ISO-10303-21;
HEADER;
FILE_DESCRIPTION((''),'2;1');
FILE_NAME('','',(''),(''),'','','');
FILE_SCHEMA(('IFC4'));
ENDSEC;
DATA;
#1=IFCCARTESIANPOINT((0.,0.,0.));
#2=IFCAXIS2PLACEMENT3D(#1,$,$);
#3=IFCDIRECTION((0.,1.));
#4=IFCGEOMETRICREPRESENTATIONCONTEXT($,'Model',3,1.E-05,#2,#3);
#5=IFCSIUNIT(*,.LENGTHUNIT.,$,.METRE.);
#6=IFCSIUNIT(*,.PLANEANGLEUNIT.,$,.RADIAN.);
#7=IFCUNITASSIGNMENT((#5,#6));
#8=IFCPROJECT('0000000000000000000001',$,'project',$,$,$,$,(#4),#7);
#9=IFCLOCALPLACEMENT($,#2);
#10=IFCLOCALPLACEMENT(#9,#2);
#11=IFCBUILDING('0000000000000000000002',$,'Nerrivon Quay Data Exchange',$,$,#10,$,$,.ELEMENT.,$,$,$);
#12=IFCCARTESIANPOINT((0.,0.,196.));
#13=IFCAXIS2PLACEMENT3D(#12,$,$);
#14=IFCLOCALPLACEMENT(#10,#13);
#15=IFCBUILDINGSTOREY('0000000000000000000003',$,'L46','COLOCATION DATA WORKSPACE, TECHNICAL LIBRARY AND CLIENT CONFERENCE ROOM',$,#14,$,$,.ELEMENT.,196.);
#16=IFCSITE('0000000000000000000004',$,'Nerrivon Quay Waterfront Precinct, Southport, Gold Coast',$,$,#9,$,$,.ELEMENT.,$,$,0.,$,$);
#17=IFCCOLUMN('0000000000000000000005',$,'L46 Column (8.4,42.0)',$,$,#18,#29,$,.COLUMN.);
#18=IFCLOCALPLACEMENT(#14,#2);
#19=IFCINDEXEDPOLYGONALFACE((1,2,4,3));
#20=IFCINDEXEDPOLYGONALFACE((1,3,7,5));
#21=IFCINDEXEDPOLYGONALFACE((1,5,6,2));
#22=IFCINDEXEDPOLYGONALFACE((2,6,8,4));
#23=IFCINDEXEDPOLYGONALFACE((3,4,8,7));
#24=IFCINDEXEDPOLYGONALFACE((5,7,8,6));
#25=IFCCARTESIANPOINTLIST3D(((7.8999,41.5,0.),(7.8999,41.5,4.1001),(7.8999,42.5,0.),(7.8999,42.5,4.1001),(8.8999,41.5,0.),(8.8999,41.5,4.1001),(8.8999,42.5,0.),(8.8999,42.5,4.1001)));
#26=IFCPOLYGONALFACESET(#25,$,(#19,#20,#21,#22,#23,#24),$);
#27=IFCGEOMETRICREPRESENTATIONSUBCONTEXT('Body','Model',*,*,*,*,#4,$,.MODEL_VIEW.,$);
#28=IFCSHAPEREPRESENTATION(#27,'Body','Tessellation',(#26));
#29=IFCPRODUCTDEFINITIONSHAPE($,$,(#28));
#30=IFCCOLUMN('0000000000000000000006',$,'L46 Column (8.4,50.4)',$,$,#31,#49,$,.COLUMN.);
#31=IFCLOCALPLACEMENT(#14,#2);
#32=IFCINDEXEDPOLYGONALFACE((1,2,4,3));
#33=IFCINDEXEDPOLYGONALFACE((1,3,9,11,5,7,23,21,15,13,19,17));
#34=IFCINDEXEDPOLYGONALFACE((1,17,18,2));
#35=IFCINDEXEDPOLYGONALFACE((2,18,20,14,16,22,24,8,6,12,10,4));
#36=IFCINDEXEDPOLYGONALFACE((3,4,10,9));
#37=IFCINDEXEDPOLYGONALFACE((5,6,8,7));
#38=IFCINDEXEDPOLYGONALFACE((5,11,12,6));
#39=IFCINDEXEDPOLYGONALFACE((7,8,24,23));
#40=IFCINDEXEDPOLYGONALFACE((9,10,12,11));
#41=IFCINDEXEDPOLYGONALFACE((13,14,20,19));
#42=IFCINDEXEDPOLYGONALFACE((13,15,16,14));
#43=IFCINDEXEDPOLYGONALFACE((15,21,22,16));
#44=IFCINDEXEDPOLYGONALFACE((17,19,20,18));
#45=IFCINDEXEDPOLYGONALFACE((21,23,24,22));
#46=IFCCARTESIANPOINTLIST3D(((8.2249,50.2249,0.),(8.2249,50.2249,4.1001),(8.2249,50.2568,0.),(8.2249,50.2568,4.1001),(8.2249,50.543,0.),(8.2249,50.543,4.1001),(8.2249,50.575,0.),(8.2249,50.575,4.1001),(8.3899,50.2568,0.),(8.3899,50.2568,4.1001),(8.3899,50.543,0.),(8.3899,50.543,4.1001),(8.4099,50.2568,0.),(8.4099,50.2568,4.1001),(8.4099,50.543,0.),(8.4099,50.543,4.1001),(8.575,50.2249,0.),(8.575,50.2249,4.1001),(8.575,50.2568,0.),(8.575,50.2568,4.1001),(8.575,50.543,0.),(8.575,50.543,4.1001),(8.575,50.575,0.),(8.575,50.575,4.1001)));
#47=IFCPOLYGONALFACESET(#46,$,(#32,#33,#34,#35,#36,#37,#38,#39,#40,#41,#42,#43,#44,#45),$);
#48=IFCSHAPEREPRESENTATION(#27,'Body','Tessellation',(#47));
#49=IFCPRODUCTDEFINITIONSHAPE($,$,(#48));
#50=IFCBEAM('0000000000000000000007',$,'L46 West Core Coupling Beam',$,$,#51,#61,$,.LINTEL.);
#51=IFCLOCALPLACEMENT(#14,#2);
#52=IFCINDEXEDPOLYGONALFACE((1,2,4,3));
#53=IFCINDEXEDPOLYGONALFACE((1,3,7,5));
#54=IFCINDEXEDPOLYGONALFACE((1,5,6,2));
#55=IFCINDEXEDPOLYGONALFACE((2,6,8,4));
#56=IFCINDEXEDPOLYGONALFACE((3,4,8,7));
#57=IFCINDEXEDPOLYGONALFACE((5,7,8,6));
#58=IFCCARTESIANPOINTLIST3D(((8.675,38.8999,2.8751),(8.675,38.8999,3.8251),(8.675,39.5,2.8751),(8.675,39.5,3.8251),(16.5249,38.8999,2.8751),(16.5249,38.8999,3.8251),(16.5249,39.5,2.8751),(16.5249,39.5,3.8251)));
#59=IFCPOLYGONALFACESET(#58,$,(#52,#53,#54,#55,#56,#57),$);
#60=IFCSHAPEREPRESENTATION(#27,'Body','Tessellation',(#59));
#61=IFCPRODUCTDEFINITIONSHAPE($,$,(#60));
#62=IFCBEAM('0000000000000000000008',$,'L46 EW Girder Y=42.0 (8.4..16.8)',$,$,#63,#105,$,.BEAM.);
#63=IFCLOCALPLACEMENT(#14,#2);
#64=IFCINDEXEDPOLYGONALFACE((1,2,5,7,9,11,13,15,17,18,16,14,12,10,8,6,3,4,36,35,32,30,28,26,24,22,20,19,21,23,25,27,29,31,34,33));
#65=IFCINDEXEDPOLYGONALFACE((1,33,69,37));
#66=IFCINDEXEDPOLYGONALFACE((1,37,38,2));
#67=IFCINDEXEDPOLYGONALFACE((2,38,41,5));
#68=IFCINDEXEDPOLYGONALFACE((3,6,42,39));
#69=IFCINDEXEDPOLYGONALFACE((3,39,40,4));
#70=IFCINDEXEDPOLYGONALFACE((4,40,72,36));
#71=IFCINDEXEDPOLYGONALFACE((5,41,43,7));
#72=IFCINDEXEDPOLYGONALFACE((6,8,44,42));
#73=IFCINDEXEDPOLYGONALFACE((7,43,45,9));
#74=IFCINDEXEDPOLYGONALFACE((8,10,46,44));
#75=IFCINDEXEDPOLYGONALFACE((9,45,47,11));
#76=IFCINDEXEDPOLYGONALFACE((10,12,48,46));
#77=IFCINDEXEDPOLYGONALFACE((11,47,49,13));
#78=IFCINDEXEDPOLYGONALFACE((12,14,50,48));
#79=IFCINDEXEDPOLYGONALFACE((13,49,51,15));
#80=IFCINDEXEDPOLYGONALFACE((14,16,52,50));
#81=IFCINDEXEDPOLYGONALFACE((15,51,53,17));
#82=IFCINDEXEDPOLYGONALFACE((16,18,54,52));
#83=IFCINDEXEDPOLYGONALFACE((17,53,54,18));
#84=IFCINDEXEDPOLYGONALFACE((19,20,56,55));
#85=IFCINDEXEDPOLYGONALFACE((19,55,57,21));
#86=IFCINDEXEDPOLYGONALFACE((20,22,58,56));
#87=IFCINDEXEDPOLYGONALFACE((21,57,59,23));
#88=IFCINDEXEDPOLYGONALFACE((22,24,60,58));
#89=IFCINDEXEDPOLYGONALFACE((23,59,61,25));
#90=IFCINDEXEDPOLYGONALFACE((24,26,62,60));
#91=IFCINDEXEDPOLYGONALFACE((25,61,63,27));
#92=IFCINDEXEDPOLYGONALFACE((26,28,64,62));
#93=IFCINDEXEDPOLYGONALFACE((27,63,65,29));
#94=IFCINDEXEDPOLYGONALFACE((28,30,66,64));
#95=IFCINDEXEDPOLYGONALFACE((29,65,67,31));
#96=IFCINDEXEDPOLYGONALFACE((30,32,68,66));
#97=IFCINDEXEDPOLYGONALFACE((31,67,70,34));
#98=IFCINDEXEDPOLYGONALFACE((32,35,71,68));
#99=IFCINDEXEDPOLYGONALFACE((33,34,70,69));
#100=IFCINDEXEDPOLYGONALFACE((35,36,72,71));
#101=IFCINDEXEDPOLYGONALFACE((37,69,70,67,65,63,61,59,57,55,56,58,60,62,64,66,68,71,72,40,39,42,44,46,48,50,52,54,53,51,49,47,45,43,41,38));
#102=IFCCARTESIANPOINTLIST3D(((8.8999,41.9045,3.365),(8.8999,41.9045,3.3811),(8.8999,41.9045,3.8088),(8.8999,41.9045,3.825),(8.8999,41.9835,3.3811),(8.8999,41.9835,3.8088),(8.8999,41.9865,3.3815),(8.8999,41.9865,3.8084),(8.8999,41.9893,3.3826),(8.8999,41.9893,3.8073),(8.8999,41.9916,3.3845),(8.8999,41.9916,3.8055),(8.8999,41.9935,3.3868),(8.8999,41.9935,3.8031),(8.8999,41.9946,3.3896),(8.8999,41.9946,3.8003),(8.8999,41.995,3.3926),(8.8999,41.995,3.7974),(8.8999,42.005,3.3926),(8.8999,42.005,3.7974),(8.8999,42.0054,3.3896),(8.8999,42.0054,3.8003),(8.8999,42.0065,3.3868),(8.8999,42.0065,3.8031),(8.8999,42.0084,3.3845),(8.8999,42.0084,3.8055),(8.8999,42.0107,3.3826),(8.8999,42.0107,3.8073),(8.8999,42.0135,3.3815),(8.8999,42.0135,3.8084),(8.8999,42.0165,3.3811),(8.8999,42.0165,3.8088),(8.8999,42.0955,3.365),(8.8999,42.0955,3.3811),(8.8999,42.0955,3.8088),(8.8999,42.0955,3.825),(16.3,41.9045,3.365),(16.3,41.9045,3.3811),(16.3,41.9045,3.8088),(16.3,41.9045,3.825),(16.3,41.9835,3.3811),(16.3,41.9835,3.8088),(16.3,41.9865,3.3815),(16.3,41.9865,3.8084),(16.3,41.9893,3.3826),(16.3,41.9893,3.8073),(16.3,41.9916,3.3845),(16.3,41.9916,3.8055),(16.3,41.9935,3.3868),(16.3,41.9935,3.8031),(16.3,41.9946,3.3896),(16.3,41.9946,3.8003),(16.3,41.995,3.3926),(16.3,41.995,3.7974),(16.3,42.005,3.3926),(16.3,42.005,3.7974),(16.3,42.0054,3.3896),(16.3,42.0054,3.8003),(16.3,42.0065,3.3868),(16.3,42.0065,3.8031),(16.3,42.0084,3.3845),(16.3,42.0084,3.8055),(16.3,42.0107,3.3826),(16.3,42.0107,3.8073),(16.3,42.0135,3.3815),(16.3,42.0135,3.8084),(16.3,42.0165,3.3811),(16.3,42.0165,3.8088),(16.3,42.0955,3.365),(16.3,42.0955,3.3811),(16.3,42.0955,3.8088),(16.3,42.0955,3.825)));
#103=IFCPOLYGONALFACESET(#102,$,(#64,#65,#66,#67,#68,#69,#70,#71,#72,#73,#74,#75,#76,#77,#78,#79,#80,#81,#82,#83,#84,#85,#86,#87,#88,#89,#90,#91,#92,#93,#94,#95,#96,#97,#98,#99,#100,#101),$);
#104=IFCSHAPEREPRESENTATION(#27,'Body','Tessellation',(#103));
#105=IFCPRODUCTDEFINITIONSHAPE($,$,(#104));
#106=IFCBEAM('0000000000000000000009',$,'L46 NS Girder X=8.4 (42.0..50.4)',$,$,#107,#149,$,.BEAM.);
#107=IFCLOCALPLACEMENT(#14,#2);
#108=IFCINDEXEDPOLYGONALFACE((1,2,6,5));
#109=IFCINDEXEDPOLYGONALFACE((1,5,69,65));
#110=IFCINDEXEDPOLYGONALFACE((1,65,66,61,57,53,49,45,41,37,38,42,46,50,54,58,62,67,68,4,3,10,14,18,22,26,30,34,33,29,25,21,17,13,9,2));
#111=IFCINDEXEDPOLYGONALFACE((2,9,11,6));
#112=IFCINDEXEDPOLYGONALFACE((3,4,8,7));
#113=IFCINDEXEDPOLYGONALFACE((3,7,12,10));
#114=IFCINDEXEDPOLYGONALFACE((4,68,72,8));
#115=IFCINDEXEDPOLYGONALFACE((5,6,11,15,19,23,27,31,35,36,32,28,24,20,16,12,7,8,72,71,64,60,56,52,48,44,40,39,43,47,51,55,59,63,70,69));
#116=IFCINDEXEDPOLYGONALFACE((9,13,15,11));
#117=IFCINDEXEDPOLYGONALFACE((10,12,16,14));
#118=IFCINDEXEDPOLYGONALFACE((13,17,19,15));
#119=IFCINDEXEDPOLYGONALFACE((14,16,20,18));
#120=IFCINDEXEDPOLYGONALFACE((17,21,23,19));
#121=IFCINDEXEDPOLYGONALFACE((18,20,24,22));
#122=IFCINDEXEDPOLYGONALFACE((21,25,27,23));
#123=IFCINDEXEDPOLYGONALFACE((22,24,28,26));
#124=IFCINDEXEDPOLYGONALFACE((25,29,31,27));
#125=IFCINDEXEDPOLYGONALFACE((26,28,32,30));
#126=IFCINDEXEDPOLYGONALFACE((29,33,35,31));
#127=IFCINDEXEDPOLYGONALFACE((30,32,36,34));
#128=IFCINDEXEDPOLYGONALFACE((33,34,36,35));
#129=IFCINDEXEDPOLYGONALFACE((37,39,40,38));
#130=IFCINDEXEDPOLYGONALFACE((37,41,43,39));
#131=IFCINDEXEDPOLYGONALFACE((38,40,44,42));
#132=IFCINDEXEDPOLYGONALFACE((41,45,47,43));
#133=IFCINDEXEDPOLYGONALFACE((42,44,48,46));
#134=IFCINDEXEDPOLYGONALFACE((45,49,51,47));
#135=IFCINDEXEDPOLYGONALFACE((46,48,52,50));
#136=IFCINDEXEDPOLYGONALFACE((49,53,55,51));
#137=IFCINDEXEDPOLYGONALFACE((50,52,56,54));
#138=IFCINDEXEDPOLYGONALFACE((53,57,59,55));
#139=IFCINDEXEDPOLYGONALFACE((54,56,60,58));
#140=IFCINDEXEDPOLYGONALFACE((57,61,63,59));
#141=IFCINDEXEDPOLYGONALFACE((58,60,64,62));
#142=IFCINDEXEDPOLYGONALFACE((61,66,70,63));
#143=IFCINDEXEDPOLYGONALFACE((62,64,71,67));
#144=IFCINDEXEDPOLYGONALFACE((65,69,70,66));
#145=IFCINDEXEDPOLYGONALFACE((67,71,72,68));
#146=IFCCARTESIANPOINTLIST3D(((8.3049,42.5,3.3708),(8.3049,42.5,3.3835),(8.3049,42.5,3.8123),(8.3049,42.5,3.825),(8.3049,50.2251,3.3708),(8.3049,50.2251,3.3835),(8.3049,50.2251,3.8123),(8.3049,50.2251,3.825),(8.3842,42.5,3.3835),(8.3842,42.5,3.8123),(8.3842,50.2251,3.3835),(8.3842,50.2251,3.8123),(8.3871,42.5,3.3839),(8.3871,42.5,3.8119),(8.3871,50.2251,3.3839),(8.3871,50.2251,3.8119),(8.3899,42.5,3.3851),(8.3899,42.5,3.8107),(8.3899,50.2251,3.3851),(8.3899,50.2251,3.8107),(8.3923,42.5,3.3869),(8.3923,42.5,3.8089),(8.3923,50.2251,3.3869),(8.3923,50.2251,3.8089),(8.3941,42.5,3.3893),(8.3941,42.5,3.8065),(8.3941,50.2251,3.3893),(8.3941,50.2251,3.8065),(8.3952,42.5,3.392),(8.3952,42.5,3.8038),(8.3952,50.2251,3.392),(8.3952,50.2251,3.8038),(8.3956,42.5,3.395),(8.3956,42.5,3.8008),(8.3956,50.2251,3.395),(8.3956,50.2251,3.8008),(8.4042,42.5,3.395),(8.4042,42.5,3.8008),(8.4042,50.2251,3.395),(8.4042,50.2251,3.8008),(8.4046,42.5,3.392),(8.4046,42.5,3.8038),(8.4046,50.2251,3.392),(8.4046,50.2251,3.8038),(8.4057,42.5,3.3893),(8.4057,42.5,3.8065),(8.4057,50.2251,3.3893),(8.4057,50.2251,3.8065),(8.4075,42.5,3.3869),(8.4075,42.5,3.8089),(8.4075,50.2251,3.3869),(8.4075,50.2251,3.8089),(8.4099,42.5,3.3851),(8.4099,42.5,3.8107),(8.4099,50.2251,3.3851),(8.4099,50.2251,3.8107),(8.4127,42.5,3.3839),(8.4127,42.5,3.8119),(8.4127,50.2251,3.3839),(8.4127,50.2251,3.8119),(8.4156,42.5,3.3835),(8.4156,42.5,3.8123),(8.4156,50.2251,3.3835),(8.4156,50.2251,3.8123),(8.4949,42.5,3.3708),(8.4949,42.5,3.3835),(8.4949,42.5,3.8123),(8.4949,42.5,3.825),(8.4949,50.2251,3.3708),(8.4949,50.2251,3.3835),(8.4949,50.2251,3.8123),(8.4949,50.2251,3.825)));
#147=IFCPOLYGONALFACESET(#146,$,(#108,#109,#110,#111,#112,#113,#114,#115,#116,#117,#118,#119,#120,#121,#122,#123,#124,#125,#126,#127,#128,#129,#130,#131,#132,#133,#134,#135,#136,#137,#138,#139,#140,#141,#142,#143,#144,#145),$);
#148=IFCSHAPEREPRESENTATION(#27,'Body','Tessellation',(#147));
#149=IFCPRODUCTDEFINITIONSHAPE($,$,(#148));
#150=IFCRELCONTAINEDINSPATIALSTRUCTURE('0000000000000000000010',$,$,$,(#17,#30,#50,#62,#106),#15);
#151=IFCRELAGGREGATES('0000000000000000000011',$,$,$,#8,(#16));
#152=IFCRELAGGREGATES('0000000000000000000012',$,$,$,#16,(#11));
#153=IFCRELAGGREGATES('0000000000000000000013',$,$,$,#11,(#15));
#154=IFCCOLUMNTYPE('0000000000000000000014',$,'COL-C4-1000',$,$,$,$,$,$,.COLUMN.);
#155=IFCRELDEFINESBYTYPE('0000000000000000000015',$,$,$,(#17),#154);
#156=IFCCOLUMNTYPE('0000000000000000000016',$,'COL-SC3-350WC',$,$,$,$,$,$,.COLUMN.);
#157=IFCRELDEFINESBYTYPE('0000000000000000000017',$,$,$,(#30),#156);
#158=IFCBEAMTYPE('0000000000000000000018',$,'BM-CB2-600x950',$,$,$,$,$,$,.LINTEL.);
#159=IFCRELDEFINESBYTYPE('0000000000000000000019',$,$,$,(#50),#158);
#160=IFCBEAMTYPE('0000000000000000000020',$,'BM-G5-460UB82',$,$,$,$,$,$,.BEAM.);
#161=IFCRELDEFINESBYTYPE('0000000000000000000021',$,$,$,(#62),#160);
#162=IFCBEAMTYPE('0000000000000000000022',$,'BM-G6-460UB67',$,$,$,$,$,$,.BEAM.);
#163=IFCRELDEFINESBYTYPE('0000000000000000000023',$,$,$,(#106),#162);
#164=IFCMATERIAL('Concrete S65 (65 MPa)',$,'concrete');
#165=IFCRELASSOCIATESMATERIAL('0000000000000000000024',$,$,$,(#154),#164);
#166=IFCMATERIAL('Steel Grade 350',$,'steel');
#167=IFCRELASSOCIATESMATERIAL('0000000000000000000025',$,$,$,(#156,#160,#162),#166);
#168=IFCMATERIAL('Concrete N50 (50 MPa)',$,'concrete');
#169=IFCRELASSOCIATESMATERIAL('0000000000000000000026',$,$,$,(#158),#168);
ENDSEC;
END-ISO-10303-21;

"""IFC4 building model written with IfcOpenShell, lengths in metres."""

from ifc_helpers import new_model, si_unit, direction, frame, origin, origin_2d, place, context, subcontext, project, spatial, rectangle, i_section, extrude, material, material_profile, profile_set, type_object, element, save


model = new_model("IFC4")

# Units and contexts
model_context = context("Model", 3, precision=1e-05, world=origin(), true_north=direction((0.0, 1.0)))
body_context = subcontext(model_context, "Body", "Model", "MODEL_VIEW")
ifc_project = project(units=[si_unit("LENGTHUNIT", "METRE"), si_unit("PLANEANGLEUNIT", "RADIAN")], contexts=[model_context])

# Site, building, storey
site_placement = place(None, origin())
site = spatial("IfcSite", under=ifc_project, at=site_placement, Name="Nerrivon Quay Waterfront Precinct, Southport, Gold Coast", CompositionType="ELEMENT", RefElevation=0.0)
building_placement = place(site_placement, origin())
building = spatial("IfcBuilding", under=site, at=building_placement, Name="Nerrivon Quay Data Exchange", CompositionType="ELEMENT")
storey_placement = place(building_placement, frame((0.0, 0.0, 196.0)))
storey = spatial("IfcBuildingStorey", under=building, at=storey_placement, Name="L46", Description="COLOCATION DATA WORKSPACE, TECHNICAL LIBRARY AND CLIENT CONFERENCE ROOM", CompositionType="ELEMENT", Elevation=196.0)

# Columns
ifc_material_1 = material(Name="Concrete S65 (65 MPa)", Category="concrete")
ifc_material_profile_1 = material_profile(ifc_material_1, rectangle(XDim=1.0, YDim=1.0, at=origin_2d()), Name="RC-COL-1000x1000")
ifc_profile_set_1 = profile_set([ifc_material_profile_1], Name="Concrete S65 (65 MPa)")
column_type_1 = type_object("IfcColumnType", Name="COL-C4-1000", PredefinedType="COLUMN", material=ifc_profile_set_1)
column_1_placement = place(storey_placement, frame((8.3999, 42.0, 0.0), z_axis=(0.0, 0.0, 1.0), x_axis=(1.0, 0.0, 0.0)))
element("IfcColumn", 1, at=column_1_placement, inside=storey, type_object=column_type_1, Name="L46 Column (8.4,42.0)", PredefinedType="COLUMN", context=body_context, shape_type="SweptSolid", body=[
    extrude(rectangle(XDim=1.0, YDim=1.0, at=origin_2d()), origin(), (0.0, 0.0, 1.0), 4.1001),
])
ifc_material_2 = material(Name="Steel Grade 350", Category="steel")
ifc_material_profile_2 = material_profile(ifc_material_2, i_section(OverallWidth=0.3501, OverallDepth=0.3501, WebThickness=0.02, FlangeThickness=0.032, at=origin_2d()), Name="350WC230")
ifc_profile_set_2 = profile_set([ifc_material_profile_2], Name="Steel Grade 350")
column_type_2 = type_object("IfcColumnType", Name="COL-SC3-350WC", PredefinedType="COLUMN", material=ifc_profile_set_2)
column_2_placement = place(storey_placement, frame((8.3999, 50.3999, 0.0), z_axis=(0.0, 0.0, 1.0), x_axis=(1.0, 0.0, 0.0)))
element("IfcColumn", 2, at=column_2_placement, inside=storey, type_object=column_type_2, Name="L46 Column (8.4,50.4)", PredefinedType="COLUMN", context=body_context, shape_type="SweptSolid", body=[
    extrude(i_section(OverallWidth=0.3501, OverallDepth=0.3501, WebThickness=0.02, FlangeThickness=0.032, at=origin_2d()), origin(), (0.0, 0.0, 1.0), 4.1001),
])

# Beams
ifc_material_3 = material(Name="Concrete N50 (50 MPa)", Category="concrete")
ifc_material_profile_3 = material_profile(ifc_material_3, rectangle(XDim=0.6001, YDim=0.95, at=origin_2d()), Name="RC-CB-600x950")
ifc_profile_set_3 = profile_set([ifc_material_profile_3], Name="Concrete N50 (50 MPa)")
beam_type_1 = type_object("IfcBeamType", Name="BM-CB2-600x950", PredefinedType="LINTEL", material=ifc_profile_set_3)
beam_1_placement = place(storey_placement, frame((8.675, 39.2, 3.3501), z_axis=(1.0, 0.0, 0.0), x_axis=(0.0, 1.0, 0.0)))
element("IfcBeam", 3, at=beam_1_placement, inside=storey, type_object=beam_type_1, Name="L46 West Core Coupling Beam", PredefinedType="LINTEL", context=body_context, shape_type="SweptSolid", body=[
    extrude(rectangle(XDim=0.6001, YDim=0.95, at=origin_2d()), origin(), (0.0, 0.0, 1.0), 7.8499),
])
ifc_material_profile_4 = material_profile(ifc_material_2, i_section(OverallWidth=0.1909, OverallDepth=0.46, WebThickness=0.01, FlangeThickness=0.0161, FilletRadius=0.0115, at=origin_2d()), Name="460UB82.1")
ifc_profile_set_4 = profile_set([ifc_material_profile_4], Name="Steel Grade 350")
beam_type_2 = type_object("IfcBeamType", Name="BM-G5-460UB82", PredefinedType="BEAM", material=ifc_profile_set_4)
beam_2_placement = place(storey_placement, frame((8.8999, 42.0, 3.595), z_axis=(1.0, 0.0, 0.0), x_axis=(0.0, 1.0, 0.0)))
element("IfcBeam", 4, at=beam_2_placement, inside=storey, type_object=beam_type_2, Name="L46 EW Girder Y=42.0 (8.4..16.8)", PredefinedType="BEAM", context=body_context, shape_type="SweptSolid", body=[
    extrude(i_section(OverallWidth=0.1909, OverallDepth=0.46, WebThickness=0.01, FlangeThickness=0.0161, FilletRadius=0.0115, at=origin_2d()), origin(), (0.0, 0.0, 1.0), 7.4001),
])
ifc_material_profile_5 = material_profile(ifc_material_2, i_section(OverallWidth=0.1899, OverallDepth=0.4541, WebThickness=0.0085, FlangeThickness=0.0127, FilletRadius=0.0115, at=origin_2d()), Name="460UB67.1")
ifc_profile_set_5 = profile_set([ifc_material_profile_5], Name="Steel Grade 350")
beam_type_3 = type_object("IfcBeamType", Name="BM-G6-460UB67", PredefinedType="BEAM", material=ifc_profile_set_5)
beam_3_placement = place(storey_placement, frame((8.3999, 42.5, 3.5979), z_axis=(0.0, 1.0, 0.0), x_axis=(-1.0, 0.0, 0.0)))
element("IfcBeam", 5, at=beam_3_placement, inside=storey, type_object=beam_type_3, Name="L46 NS Girder X=8.4 (42.0..50.4)", PredefinedType="BEAM", context=body_context, shape_type="SweptSolid", body=[
    extrude(i_section(OverallWidth=0.1899, OverallDepth=0.4541, WebThickness=0.0085, FlangeThickness=0.0127, FilletRadius=0.0115, at=origin_2d()), origin(), (0.0, 0.0, 1.0), 7.7251),
])

save(model, "model.ifc")
